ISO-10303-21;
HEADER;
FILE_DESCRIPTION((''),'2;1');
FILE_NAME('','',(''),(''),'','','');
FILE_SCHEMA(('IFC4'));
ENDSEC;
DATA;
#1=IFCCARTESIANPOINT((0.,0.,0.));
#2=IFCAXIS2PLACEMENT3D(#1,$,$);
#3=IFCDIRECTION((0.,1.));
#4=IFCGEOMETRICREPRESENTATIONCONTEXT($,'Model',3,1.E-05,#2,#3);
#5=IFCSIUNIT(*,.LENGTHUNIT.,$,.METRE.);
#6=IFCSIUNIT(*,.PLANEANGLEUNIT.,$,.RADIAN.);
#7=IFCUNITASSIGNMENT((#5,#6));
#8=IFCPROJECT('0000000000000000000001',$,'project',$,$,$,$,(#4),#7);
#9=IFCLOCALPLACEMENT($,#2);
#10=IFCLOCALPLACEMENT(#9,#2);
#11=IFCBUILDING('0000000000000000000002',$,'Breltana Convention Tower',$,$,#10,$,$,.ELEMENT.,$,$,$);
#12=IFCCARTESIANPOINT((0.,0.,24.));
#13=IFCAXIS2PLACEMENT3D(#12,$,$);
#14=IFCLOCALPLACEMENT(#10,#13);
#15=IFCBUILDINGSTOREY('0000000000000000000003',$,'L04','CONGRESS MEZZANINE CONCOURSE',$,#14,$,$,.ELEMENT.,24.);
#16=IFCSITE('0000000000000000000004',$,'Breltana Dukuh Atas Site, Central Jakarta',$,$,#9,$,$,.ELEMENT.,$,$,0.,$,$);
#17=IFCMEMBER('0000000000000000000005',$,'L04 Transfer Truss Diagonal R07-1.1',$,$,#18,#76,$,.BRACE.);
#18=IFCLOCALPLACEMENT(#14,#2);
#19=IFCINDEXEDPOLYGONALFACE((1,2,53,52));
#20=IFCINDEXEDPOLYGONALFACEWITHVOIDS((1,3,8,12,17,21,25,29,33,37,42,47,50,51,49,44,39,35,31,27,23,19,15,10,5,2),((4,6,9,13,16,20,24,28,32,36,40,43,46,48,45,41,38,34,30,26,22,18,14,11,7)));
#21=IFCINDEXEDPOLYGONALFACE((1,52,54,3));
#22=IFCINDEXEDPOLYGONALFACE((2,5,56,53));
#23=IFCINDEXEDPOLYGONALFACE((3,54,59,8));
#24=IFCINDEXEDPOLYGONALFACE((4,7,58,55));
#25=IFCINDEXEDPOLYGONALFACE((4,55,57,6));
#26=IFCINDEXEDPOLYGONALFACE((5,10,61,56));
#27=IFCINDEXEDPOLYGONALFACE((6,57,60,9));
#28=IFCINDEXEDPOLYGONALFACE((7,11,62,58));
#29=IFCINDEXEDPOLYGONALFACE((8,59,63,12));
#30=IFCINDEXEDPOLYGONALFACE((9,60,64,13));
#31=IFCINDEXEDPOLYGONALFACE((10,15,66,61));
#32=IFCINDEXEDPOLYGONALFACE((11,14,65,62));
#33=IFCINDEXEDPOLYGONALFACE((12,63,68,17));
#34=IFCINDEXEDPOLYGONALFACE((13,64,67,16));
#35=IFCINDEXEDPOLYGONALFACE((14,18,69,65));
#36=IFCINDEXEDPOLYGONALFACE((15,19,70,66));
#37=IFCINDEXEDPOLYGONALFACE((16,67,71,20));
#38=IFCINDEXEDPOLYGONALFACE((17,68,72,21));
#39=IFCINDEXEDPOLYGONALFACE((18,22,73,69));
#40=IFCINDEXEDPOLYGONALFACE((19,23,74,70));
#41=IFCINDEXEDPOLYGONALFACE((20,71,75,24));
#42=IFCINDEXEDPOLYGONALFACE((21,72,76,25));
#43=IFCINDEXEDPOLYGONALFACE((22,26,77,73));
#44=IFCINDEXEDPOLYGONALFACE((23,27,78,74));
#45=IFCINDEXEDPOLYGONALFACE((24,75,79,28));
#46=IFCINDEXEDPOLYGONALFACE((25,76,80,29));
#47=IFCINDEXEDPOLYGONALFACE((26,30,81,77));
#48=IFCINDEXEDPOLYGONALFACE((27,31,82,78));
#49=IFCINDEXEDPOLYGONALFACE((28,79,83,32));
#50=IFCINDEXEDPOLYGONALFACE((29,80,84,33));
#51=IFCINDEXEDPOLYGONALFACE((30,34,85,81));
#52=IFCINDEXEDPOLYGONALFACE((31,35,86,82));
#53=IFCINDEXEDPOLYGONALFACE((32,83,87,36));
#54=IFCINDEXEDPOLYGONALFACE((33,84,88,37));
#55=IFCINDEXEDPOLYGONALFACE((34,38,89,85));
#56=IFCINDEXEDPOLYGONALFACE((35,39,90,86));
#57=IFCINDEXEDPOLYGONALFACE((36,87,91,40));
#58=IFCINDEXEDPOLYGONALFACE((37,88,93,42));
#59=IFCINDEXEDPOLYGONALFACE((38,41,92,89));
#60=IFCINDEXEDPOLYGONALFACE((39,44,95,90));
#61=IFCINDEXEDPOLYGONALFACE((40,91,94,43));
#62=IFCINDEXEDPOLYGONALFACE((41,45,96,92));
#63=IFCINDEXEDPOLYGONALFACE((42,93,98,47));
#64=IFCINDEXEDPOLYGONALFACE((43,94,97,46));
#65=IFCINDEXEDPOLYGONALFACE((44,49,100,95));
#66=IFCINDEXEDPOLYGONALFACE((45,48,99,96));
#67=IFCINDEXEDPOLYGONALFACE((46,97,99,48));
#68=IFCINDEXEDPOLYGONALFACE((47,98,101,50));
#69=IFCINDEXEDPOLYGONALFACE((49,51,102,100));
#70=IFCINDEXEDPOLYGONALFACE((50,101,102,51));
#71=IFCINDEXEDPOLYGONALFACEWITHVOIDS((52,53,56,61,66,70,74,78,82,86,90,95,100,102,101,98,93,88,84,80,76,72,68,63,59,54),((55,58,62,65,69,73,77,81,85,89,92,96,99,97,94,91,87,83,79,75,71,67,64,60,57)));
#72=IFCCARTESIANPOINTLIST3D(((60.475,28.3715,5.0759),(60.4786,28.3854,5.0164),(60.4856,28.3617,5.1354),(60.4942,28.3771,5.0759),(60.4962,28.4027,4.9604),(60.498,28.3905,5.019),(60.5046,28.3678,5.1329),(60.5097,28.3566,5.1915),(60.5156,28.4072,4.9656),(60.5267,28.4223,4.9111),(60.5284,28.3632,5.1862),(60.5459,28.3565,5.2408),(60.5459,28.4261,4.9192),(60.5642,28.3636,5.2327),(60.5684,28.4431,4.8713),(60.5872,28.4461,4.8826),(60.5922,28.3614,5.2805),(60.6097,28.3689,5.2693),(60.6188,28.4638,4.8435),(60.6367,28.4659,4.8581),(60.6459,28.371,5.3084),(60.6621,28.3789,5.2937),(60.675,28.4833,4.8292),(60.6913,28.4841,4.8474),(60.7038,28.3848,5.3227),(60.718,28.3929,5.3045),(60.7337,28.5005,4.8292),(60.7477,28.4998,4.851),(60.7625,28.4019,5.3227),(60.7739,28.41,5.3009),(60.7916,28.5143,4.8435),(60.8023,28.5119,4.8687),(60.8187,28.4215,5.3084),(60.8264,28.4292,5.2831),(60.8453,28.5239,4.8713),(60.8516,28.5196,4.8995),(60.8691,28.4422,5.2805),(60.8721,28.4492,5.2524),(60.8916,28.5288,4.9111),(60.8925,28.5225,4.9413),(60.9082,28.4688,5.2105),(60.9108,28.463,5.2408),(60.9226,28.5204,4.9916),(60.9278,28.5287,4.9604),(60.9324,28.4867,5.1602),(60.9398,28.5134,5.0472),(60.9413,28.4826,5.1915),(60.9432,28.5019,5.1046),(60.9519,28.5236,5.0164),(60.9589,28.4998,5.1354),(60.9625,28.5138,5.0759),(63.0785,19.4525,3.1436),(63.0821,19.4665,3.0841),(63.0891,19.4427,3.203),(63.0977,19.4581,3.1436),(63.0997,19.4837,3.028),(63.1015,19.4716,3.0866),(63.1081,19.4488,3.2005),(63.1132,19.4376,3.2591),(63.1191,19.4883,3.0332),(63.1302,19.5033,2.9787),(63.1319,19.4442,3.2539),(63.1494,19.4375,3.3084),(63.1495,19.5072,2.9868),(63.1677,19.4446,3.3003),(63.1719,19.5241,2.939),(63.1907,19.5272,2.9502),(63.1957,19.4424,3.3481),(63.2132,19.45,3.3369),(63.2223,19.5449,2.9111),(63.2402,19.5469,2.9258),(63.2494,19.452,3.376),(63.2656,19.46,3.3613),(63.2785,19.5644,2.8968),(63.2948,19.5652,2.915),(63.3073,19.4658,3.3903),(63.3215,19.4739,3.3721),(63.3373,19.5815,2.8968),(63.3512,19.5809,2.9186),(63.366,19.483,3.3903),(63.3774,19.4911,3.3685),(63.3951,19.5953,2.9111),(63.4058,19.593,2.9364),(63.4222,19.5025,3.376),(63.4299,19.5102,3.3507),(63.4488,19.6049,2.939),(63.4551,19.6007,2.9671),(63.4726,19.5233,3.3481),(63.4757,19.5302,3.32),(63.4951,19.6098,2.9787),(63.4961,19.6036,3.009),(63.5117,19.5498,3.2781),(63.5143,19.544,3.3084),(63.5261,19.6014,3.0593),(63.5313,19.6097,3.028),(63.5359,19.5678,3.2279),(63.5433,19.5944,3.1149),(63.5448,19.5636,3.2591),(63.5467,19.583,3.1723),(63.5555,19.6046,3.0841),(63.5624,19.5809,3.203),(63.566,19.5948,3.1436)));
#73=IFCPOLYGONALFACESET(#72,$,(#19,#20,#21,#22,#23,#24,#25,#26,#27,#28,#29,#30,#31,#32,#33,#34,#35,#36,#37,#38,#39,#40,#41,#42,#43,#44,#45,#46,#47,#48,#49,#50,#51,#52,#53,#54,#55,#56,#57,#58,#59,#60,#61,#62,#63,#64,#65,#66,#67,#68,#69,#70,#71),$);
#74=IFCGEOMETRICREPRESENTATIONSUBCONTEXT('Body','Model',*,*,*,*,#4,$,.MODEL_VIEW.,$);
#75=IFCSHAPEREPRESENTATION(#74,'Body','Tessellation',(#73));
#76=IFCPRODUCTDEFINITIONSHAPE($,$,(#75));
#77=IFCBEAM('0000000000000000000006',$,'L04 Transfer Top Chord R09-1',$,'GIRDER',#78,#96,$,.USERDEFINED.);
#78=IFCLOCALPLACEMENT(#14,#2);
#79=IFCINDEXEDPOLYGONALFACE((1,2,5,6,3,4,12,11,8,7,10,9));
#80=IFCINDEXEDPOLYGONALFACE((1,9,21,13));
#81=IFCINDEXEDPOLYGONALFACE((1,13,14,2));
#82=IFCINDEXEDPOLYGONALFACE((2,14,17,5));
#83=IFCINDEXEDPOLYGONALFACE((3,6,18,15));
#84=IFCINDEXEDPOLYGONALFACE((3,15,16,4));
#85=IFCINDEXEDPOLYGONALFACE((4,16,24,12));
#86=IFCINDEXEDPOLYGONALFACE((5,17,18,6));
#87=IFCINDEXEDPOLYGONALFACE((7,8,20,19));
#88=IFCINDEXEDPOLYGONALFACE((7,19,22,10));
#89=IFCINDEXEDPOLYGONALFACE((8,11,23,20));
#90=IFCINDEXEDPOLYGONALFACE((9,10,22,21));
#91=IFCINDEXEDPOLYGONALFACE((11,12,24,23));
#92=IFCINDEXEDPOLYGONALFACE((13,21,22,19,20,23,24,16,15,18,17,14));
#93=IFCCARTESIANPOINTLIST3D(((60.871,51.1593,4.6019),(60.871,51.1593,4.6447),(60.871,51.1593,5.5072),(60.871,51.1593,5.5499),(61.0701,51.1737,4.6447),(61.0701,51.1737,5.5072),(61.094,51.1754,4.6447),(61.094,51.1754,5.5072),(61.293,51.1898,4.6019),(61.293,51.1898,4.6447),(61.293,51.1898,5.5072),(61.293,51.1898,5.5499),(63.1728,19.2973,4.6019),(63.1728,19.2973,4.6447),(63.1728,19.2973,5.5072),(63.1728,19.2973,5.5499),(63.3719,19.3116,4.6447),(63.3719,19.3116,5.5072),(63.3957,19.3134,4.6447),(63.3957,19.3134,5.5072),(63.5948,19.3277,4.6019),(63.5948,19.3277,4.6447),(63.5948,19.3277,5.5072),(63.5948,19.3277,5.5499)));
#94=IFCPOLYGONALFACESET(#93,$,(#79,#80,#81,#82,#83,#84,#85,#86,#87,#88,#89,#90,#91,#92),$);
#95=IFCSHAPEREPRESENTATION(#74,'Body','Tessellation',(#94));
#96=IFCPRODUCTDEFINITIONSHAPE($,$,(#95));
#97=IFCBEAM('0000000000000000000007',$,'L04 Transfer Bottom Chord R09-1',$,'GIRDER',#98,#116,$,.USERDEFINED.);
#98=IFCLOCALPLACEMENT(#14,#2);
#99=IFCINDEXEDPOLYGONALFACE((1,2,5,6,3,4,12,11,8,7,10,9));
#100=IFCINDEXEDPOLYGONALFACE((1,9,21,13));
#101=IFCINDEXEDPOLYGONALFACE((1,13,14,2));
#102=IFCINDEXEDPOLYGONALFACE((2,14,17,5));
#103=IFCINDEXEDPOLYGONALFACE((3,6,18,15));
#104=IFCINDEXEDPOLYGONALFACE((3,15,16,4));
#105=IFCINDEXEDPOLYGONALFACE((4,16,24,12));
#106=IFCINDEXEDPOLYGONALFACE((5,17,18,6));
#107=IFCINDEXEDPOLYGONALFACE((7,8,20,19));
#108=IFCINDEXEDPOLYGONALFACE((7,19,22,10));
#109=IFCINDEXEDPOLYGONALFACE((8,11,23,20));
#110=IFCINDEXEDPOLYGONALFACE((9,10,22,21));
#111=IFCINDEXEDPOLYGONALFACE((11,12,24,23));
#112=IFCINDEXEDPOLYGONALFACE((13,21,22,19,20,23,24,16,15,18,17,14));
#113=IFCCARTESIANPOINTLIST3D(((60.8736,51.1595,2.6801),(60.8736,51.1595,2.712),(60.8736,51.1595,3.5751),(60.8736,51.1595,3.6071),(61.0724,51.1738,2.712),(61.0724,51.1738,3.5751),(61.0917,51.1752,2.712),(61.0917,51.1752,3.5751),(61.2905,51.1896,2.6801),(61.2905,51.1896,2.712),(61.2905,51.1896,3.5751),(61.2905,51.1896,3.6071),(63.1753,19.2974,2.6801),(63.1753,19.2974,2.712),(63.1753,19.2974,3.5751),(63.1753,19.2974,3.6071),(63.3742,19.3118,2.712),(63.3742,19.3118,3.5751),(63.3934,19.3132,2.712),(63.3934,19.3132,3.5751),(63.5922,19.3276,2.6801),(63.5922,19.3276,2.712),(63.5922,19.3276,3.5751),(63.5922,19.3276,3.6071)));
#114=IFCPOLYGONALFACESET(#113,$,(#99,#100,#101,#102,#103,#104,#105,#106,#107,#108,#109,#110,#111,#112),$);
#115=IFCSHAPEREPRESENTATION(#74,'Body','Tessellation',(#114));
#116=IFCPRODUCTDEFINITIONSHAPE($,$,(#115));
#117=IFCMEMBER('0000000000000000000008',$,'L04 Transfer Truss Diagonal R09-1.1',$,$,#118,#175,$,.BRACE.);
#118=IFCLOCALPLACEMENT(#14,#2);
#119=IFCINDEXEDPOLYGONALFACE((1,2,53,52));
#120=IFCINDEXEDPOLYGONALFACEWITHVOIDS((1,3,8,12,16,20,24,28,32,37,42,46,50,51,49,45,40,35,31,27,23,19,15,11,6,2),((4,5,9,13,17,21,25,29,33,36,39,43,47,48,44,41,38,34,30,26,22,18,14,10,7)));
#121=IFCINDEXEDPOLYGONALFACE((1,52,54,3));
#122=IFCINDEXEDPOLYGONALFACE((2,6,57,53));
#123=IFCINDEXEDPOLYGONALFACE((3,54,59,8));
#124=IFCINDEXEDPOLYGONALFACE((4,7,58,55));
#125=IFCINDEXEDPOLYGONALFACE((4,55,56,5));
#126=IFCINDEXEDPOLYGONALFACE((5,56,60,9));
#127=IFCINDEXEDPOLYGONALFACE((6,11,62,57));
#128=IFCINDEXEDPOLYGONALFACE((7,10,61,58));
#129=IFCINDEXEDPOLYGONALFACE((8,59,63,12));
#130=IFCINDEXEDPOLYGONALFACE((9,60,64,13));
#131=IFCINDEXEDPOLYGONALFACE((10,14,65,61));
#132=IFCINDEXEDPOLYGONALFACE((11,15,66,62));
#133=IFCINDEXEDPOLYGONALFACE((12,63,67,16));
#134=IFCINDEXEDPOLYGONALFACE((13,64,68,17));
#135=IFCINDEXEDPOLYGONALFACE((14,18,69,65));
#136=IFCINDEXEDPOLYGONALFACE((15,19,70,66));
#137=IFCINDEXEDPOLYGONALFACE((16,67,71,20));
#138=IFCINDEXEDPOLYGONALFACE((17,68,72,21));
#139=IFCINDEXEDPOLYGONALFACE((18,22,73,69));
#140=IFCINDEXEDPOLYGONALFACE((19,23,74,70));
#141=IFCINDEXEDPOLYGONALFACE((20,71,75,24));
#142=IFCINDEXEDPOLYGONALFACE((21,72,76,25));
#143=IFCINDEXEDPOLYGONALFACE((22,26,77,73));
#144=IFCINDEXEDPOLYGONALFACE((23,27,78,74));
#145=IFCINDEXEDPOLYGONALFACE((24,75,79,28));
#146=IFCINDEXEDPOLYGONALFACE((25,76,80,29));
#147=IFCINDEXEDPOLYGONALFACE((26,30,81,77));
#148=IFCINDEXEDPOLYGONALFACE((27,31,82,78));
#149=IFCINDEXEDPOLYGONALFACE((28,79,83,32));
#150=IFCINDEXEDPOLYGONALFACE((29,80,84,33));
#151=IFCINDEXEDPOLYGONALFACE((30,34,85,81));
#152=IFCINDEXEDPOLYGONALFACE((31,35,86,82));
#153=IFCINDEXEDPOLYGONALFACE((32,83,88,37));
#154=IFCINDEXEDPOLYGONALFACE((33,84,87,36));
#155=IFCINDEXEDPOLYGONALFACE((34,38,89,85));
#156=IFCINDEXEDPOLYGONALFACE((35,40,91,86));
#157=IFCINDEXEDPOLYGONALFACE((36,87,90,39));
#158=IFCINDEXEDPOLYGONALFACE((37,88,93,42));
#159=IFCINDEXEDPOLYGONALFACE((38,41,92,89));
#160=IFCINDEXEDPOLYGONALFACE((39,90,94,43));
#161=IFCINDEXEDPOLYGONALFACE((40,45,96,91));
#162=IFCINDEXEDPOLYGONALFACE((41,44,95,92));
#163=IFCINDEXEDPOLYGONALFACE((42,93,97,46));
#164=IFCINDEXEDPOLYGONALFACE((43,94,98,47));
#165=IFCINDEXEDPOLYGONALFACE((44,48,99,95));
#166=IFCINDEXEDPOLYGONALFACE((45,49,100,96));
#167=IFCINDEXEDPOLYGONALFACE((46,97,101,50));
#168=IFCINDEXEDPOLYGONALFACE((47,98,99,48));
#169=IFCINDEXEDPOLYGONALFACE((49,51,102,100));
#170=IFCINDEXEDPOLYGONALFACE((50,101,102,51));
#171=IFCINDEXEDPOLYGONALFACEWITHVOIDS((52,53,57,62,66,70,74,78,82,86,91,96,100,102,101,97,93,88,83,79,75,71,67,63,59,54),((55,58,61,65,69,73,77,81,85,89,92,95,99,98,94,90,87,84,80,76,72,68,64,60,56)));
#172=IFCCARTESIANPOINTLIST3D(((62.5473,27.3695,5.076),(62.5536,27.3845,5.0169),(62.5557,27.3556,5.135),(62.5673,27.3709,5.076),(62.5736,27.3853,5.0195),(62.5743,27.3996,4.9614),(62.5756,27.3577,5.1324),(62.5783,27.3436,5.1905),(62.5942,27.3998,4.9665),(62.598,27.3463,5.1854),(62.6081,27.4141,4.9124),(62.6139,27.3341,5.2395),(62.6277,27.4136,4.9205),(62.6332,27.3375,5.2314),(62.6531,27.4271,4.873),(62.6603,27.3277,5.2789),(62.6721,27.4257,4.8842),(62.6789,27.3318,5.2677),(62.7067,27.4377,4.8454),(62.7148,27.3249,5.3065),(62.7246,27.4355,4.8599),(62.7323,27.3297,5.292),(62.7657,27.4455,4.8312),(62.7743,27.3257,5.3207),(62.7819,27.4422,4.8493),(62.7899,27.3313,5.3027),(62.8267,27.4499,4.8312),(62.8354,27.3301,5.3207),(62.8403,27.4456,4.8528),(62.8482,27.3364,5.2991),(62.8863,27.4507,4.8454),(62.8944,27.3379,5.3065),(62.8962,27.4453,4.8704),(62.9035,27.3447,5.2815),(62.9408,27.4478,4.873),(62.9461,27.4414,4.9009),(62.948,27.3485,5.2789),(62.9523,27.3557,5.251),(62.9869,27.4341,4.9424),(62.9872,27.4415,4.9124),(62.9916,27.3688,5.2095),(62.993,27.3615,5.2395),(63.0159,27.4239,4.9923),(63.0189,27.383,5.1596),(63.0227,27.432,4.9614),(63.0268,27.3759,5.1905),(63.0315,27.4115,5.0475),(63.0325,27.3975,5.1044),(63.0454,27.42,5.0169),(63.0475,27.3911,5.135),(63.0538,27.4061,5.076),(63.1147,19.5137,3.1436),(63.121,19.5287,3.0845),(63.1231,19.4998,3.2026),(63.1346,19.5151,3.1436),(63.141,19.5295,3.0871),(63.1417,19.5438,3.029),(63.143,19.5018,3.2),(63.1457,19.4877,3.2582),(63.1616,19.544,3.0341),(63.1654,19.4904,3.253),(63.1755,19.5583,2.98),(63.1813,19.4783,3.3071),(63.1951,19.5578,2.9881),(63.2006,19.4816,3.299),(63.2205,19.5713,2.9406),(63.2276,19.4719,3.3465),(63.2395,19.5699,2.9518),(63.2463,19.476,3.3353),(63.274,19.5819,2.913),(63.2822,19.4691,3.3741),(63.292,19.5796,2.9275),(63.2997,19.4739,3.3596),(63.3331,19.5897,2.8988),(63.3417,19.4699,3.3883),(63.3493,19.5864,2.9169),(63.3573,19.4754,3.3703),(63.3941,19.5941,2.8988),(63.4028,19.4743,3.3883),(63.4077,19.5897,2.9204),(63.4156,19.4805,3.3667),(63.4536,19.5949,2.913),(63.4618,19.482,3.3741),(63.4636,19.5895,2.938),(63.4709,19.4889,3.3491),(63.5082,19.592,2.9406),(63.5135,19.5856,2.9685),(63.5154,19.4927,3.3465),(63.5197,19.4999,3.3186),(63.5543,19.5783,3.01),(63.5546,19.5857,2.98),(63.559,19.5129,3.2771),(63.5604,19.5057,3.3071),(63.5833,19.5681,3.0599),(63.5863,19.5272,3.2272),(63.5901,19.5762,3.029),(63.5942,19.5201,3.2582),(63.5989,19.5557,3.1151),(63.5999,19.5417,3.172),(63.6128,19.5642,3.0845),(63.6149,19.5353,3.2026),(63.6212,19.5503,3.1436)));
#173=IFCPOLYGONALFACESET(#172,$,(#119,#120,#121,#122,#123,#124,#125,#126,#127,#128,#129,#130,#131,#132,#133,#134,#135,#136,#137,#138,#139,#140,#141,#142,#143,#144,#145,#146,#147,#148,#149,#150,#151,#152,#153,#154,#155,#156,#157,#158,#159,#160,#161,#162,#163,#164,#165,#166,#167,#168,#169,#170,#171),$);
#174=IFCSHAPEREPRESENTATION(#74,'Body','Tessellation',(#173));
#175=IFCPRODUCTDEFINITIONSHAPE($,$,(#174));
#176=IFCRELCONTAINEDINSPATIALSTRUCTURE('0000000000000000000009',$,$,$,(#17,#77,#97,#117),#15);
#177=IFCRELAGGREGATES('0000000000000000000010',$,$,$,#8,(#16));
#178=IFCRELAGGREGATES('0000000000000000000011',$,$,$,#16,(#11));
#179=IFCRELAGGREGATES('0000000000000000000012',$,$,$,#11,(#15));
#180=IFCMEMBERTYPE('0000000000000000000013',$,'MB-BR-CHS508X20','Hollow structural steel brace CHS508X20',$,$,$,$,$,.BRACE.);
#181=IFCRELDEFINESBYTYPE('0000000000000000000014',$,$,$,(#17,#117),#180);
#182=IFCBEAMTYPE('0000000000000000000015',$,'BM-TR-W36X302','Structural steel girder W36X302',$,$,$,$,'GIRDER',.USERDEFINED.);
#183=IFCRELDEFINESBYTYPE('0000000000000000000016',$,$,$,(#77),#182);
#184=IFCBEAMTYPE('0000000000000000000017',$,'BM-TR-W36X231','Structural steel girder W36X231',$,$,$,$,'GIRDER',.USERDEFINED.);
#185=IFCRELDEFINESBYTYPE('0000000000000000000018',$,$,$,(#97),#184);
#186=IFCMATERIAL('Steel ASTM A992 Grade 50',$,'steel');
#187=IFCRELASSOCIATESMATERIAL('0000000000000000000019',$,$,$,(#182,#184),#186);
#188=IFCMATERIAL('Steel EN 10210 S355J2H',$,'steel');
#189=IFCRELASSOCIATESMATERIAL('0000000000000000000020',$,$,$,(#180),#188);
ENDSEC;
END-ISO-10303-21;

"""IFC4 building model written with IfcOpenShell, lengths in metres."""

from ifc_helpers import new_model, si_unit, direction, frame, origin, origin_2d, place, context, subcontext, project, spatial, hollow_circle, i_section, extrude, source, transform, mapped, material, material_profile, profile_set, type_object, element, save


model = new_model("IFC4")

# Units and contexts
model_context = context("Model", 3, precision=1e-05, world=origin(), true_north=direction((0.0, 1.0)))
body_context = subcontext(model_context, "Body", "Model", "MODEL_VIEW")
ifc_project = project(units=[si_unit("LENGTHUNIT", "METRE"), si_unit("PLANEANGLEUNIT", "RADIAN")], contexts=[model_context])

# Site, building, storey
site_placement = place(None, origin())
site = spatial("IfcSite", under=ifc_project, at=site_placement, Name="Breltana Dukuh Atas Site, Central Jakarta", CompositionType="ELEMENT", RefElevation=0.0)
building_placement = place(site_placement, origin())
building = spatial("IfcBuilding", under=site, at=building_placement, Name="Breltana Convention Tower", CompositionType="ELEMENT")
storey_placement = place(building_placement, frame((0.0, 0.0, 24.0)))
storey = spatial("IfcBuildingStorey", under=building, at=storey_placement, Name="L04", Description="CONGRESS MEZZANINE CONCOURSE", CompositionType="ELEMENT", Elevation=24.0)

# Shared definitions
ifc_material_1 = material(Name="Steel ASTM A992 Grade 50", Category="steel")
ifc_material_profile_1 = material_profile(ifc_material_1, i_section(OverallWidth=0.4231, OverallDepth=0.948, WebThickness=0.0239, FlangeThickness=0.0427, at=origin_2d()), Name="W36X302")
ifc_profile_set_1 = profile_set([ifc_material_profile_1], Name="Steel ASTM A992 Grade 50")
beam_type_1 = type_object("IfcBeamType", Name="BM-TR-W36X302", Description="Structural steel girder W36X302", ElementType="GIRDER", PredefinedType="USERDEFINED", material=ifc_profile_set_1)
ifc_material_profile_2 = material_profile(ifc_material_1, i_section(OverallWidth=0.418, OverallDepth=0.927, WebThickness=0.0193, FlangeThickness=0.032, at=origin_2d()), Name="W36X231")
ifc_profile_set_2 = profile_set([ifc_material_profile_2], Name="Steel ASTM A992 Grade 50")
beam_type_2 = type_object("IfcBeamType", Name="BM-TR-W36X231", Description="Structural steel girder W36X231", ElementType="GIRDER", PredefinedType="USERDEFINED", material=ifc_profile_set_2)

# Shared definitions
ifc_material_2 = material(Name="Steel EN 10210 S355J2H", Category="steel")
ifc_material_profile_3 = material_profile(ifc_material_2, hollow_circle(Radius=0.2539, WallThickness=0.02, at=origin_2d()), Name="CHS508X20")
ifc_profile_set_3 = profile_set([ifc_material_profile_3], Name="Steel EN 10210 S355J2H")
member_type = type_object("IfcMemberType", Name="MB-BR-CHS508X20", Description="Hollow structural steel brace CHS508X20", PredefinedType="BRACE", material=ifc_profile_set_3)

# Member
shared_shape_1 = source(origin(), body_context, "Body", "SweptSolid", [
    extrude(hollow_circle(Radius=0.2539, WallThickness=0.02, at=origin_2d()), origin(), (0.0, 0.0, 1.0), 9.49),
])
member_1_placement = place(storey_placement, frame((63.3223, 19.5237, 3.1436), z_axis=(-0.274343, 0.939826, 0.203622), x_axis=(-0.959938, -0.280214, 0.0)))
element("IfcMember", 1, at=member_1_placement, inside=storey, type_object=member_type, Name="L04 Transfer Truss Diagonal R07-1.1", PredefinedType="BRACE", context=body_context, shape_type="MappedRepresentation", body=[
    mapped(shared_shape_1, transform((0.0, 0.0, 0.0), scale=1.0)),
])

# Beams
shared_shape_2 = source(origin(), body_context, "Body", "SweptSolid", [
    extrude(i_section(OverallWidth=0.4231, OverallDepth=0.948, WebThickness=0.0239, FlangeThickness=0.0427, at=origin_2d()), origin(), (0.0, 0.0, 1.0), 31.9451),
])
beam_1_placement = place(storey_placement, frame((63.3838, 19.3125, 5.0759), z_axis=(-0.072054, 0.997401, 0.0), x_axis=(-0.997401, -0.072054, 0.0)))
element("IfcBeam", 2, at=beam_1_placement, inside=storey, type_object=beam_type_1, Name="L04 Transfer Top Chord R09-1", ObjectType="GIRDER", PredefinedType="USERDEFINED", context=body_context, shape_type="MappedRepresentation", body=[
    mapped(shared_shape_2, transform((0.0, 0.0, 0.0), scale=1.0)),
])
shared_shape_3 = source(origin(), body_context, "Body", "SweptSolid", [
    extrude(i_section(OverallWidth=0.418, OverallDepth=0.927, WebThickness=0.0193, FlangeThickness=0.032, at=origin_2d()), origin(), (0.0, 0.0, 1.0), 31.9451),
])
beam_2_placement = place(storey_placement, frame((63.3838, 19.3125, 3.1436), z_axis=(-0.072054, 0.997401, 0.0), x_axis=(-0.997401, -0.072054, 0.0)))
element("IfcBeam", 3, at=beam_2_placement, inside=storey, type_object=beam_type_2, Name="L04 Transfer Bottom Chord R09-1", ObjectType="GIRDER", PredefinedType="USERDEFINED", context=body_context, shape_type="MappedRepresentation", body=[
    mapped(shared_shape_3, transform((0.0, 0.0, 0.0), scale=1.0)),
])

# Member
shared_shape_4 = source(origin(), body_context, "Body", "SweptSolid", [
    extrude(hollow_circle(Radius=0.2539, WallThickness=0.02, at=origin_2d()), origin(), (0.0, 0.0, 1.0), 8.1099),
])
member_2_placement = place(storey_placement, frame((63.3679, 19.532, 3.1436), z_axis=(-0.069963, 0.968674, 0.238277), x_axis=(-0.997402, -0.072038, 0.0)))
element("IfcMember", 4, at=member_2_placement, inside=storey, type_object=member_type, Name="L04 Transfer Truss Diagonal R09-1.1", PredefinedType="BRACE", context=body_context, shape_type="MappedRepresentation", body=[
    mapped(shared_shape_4, transform((0.0, 0.0, 0.0), scale=1.0)),
])

save(model, "model.ifc")
